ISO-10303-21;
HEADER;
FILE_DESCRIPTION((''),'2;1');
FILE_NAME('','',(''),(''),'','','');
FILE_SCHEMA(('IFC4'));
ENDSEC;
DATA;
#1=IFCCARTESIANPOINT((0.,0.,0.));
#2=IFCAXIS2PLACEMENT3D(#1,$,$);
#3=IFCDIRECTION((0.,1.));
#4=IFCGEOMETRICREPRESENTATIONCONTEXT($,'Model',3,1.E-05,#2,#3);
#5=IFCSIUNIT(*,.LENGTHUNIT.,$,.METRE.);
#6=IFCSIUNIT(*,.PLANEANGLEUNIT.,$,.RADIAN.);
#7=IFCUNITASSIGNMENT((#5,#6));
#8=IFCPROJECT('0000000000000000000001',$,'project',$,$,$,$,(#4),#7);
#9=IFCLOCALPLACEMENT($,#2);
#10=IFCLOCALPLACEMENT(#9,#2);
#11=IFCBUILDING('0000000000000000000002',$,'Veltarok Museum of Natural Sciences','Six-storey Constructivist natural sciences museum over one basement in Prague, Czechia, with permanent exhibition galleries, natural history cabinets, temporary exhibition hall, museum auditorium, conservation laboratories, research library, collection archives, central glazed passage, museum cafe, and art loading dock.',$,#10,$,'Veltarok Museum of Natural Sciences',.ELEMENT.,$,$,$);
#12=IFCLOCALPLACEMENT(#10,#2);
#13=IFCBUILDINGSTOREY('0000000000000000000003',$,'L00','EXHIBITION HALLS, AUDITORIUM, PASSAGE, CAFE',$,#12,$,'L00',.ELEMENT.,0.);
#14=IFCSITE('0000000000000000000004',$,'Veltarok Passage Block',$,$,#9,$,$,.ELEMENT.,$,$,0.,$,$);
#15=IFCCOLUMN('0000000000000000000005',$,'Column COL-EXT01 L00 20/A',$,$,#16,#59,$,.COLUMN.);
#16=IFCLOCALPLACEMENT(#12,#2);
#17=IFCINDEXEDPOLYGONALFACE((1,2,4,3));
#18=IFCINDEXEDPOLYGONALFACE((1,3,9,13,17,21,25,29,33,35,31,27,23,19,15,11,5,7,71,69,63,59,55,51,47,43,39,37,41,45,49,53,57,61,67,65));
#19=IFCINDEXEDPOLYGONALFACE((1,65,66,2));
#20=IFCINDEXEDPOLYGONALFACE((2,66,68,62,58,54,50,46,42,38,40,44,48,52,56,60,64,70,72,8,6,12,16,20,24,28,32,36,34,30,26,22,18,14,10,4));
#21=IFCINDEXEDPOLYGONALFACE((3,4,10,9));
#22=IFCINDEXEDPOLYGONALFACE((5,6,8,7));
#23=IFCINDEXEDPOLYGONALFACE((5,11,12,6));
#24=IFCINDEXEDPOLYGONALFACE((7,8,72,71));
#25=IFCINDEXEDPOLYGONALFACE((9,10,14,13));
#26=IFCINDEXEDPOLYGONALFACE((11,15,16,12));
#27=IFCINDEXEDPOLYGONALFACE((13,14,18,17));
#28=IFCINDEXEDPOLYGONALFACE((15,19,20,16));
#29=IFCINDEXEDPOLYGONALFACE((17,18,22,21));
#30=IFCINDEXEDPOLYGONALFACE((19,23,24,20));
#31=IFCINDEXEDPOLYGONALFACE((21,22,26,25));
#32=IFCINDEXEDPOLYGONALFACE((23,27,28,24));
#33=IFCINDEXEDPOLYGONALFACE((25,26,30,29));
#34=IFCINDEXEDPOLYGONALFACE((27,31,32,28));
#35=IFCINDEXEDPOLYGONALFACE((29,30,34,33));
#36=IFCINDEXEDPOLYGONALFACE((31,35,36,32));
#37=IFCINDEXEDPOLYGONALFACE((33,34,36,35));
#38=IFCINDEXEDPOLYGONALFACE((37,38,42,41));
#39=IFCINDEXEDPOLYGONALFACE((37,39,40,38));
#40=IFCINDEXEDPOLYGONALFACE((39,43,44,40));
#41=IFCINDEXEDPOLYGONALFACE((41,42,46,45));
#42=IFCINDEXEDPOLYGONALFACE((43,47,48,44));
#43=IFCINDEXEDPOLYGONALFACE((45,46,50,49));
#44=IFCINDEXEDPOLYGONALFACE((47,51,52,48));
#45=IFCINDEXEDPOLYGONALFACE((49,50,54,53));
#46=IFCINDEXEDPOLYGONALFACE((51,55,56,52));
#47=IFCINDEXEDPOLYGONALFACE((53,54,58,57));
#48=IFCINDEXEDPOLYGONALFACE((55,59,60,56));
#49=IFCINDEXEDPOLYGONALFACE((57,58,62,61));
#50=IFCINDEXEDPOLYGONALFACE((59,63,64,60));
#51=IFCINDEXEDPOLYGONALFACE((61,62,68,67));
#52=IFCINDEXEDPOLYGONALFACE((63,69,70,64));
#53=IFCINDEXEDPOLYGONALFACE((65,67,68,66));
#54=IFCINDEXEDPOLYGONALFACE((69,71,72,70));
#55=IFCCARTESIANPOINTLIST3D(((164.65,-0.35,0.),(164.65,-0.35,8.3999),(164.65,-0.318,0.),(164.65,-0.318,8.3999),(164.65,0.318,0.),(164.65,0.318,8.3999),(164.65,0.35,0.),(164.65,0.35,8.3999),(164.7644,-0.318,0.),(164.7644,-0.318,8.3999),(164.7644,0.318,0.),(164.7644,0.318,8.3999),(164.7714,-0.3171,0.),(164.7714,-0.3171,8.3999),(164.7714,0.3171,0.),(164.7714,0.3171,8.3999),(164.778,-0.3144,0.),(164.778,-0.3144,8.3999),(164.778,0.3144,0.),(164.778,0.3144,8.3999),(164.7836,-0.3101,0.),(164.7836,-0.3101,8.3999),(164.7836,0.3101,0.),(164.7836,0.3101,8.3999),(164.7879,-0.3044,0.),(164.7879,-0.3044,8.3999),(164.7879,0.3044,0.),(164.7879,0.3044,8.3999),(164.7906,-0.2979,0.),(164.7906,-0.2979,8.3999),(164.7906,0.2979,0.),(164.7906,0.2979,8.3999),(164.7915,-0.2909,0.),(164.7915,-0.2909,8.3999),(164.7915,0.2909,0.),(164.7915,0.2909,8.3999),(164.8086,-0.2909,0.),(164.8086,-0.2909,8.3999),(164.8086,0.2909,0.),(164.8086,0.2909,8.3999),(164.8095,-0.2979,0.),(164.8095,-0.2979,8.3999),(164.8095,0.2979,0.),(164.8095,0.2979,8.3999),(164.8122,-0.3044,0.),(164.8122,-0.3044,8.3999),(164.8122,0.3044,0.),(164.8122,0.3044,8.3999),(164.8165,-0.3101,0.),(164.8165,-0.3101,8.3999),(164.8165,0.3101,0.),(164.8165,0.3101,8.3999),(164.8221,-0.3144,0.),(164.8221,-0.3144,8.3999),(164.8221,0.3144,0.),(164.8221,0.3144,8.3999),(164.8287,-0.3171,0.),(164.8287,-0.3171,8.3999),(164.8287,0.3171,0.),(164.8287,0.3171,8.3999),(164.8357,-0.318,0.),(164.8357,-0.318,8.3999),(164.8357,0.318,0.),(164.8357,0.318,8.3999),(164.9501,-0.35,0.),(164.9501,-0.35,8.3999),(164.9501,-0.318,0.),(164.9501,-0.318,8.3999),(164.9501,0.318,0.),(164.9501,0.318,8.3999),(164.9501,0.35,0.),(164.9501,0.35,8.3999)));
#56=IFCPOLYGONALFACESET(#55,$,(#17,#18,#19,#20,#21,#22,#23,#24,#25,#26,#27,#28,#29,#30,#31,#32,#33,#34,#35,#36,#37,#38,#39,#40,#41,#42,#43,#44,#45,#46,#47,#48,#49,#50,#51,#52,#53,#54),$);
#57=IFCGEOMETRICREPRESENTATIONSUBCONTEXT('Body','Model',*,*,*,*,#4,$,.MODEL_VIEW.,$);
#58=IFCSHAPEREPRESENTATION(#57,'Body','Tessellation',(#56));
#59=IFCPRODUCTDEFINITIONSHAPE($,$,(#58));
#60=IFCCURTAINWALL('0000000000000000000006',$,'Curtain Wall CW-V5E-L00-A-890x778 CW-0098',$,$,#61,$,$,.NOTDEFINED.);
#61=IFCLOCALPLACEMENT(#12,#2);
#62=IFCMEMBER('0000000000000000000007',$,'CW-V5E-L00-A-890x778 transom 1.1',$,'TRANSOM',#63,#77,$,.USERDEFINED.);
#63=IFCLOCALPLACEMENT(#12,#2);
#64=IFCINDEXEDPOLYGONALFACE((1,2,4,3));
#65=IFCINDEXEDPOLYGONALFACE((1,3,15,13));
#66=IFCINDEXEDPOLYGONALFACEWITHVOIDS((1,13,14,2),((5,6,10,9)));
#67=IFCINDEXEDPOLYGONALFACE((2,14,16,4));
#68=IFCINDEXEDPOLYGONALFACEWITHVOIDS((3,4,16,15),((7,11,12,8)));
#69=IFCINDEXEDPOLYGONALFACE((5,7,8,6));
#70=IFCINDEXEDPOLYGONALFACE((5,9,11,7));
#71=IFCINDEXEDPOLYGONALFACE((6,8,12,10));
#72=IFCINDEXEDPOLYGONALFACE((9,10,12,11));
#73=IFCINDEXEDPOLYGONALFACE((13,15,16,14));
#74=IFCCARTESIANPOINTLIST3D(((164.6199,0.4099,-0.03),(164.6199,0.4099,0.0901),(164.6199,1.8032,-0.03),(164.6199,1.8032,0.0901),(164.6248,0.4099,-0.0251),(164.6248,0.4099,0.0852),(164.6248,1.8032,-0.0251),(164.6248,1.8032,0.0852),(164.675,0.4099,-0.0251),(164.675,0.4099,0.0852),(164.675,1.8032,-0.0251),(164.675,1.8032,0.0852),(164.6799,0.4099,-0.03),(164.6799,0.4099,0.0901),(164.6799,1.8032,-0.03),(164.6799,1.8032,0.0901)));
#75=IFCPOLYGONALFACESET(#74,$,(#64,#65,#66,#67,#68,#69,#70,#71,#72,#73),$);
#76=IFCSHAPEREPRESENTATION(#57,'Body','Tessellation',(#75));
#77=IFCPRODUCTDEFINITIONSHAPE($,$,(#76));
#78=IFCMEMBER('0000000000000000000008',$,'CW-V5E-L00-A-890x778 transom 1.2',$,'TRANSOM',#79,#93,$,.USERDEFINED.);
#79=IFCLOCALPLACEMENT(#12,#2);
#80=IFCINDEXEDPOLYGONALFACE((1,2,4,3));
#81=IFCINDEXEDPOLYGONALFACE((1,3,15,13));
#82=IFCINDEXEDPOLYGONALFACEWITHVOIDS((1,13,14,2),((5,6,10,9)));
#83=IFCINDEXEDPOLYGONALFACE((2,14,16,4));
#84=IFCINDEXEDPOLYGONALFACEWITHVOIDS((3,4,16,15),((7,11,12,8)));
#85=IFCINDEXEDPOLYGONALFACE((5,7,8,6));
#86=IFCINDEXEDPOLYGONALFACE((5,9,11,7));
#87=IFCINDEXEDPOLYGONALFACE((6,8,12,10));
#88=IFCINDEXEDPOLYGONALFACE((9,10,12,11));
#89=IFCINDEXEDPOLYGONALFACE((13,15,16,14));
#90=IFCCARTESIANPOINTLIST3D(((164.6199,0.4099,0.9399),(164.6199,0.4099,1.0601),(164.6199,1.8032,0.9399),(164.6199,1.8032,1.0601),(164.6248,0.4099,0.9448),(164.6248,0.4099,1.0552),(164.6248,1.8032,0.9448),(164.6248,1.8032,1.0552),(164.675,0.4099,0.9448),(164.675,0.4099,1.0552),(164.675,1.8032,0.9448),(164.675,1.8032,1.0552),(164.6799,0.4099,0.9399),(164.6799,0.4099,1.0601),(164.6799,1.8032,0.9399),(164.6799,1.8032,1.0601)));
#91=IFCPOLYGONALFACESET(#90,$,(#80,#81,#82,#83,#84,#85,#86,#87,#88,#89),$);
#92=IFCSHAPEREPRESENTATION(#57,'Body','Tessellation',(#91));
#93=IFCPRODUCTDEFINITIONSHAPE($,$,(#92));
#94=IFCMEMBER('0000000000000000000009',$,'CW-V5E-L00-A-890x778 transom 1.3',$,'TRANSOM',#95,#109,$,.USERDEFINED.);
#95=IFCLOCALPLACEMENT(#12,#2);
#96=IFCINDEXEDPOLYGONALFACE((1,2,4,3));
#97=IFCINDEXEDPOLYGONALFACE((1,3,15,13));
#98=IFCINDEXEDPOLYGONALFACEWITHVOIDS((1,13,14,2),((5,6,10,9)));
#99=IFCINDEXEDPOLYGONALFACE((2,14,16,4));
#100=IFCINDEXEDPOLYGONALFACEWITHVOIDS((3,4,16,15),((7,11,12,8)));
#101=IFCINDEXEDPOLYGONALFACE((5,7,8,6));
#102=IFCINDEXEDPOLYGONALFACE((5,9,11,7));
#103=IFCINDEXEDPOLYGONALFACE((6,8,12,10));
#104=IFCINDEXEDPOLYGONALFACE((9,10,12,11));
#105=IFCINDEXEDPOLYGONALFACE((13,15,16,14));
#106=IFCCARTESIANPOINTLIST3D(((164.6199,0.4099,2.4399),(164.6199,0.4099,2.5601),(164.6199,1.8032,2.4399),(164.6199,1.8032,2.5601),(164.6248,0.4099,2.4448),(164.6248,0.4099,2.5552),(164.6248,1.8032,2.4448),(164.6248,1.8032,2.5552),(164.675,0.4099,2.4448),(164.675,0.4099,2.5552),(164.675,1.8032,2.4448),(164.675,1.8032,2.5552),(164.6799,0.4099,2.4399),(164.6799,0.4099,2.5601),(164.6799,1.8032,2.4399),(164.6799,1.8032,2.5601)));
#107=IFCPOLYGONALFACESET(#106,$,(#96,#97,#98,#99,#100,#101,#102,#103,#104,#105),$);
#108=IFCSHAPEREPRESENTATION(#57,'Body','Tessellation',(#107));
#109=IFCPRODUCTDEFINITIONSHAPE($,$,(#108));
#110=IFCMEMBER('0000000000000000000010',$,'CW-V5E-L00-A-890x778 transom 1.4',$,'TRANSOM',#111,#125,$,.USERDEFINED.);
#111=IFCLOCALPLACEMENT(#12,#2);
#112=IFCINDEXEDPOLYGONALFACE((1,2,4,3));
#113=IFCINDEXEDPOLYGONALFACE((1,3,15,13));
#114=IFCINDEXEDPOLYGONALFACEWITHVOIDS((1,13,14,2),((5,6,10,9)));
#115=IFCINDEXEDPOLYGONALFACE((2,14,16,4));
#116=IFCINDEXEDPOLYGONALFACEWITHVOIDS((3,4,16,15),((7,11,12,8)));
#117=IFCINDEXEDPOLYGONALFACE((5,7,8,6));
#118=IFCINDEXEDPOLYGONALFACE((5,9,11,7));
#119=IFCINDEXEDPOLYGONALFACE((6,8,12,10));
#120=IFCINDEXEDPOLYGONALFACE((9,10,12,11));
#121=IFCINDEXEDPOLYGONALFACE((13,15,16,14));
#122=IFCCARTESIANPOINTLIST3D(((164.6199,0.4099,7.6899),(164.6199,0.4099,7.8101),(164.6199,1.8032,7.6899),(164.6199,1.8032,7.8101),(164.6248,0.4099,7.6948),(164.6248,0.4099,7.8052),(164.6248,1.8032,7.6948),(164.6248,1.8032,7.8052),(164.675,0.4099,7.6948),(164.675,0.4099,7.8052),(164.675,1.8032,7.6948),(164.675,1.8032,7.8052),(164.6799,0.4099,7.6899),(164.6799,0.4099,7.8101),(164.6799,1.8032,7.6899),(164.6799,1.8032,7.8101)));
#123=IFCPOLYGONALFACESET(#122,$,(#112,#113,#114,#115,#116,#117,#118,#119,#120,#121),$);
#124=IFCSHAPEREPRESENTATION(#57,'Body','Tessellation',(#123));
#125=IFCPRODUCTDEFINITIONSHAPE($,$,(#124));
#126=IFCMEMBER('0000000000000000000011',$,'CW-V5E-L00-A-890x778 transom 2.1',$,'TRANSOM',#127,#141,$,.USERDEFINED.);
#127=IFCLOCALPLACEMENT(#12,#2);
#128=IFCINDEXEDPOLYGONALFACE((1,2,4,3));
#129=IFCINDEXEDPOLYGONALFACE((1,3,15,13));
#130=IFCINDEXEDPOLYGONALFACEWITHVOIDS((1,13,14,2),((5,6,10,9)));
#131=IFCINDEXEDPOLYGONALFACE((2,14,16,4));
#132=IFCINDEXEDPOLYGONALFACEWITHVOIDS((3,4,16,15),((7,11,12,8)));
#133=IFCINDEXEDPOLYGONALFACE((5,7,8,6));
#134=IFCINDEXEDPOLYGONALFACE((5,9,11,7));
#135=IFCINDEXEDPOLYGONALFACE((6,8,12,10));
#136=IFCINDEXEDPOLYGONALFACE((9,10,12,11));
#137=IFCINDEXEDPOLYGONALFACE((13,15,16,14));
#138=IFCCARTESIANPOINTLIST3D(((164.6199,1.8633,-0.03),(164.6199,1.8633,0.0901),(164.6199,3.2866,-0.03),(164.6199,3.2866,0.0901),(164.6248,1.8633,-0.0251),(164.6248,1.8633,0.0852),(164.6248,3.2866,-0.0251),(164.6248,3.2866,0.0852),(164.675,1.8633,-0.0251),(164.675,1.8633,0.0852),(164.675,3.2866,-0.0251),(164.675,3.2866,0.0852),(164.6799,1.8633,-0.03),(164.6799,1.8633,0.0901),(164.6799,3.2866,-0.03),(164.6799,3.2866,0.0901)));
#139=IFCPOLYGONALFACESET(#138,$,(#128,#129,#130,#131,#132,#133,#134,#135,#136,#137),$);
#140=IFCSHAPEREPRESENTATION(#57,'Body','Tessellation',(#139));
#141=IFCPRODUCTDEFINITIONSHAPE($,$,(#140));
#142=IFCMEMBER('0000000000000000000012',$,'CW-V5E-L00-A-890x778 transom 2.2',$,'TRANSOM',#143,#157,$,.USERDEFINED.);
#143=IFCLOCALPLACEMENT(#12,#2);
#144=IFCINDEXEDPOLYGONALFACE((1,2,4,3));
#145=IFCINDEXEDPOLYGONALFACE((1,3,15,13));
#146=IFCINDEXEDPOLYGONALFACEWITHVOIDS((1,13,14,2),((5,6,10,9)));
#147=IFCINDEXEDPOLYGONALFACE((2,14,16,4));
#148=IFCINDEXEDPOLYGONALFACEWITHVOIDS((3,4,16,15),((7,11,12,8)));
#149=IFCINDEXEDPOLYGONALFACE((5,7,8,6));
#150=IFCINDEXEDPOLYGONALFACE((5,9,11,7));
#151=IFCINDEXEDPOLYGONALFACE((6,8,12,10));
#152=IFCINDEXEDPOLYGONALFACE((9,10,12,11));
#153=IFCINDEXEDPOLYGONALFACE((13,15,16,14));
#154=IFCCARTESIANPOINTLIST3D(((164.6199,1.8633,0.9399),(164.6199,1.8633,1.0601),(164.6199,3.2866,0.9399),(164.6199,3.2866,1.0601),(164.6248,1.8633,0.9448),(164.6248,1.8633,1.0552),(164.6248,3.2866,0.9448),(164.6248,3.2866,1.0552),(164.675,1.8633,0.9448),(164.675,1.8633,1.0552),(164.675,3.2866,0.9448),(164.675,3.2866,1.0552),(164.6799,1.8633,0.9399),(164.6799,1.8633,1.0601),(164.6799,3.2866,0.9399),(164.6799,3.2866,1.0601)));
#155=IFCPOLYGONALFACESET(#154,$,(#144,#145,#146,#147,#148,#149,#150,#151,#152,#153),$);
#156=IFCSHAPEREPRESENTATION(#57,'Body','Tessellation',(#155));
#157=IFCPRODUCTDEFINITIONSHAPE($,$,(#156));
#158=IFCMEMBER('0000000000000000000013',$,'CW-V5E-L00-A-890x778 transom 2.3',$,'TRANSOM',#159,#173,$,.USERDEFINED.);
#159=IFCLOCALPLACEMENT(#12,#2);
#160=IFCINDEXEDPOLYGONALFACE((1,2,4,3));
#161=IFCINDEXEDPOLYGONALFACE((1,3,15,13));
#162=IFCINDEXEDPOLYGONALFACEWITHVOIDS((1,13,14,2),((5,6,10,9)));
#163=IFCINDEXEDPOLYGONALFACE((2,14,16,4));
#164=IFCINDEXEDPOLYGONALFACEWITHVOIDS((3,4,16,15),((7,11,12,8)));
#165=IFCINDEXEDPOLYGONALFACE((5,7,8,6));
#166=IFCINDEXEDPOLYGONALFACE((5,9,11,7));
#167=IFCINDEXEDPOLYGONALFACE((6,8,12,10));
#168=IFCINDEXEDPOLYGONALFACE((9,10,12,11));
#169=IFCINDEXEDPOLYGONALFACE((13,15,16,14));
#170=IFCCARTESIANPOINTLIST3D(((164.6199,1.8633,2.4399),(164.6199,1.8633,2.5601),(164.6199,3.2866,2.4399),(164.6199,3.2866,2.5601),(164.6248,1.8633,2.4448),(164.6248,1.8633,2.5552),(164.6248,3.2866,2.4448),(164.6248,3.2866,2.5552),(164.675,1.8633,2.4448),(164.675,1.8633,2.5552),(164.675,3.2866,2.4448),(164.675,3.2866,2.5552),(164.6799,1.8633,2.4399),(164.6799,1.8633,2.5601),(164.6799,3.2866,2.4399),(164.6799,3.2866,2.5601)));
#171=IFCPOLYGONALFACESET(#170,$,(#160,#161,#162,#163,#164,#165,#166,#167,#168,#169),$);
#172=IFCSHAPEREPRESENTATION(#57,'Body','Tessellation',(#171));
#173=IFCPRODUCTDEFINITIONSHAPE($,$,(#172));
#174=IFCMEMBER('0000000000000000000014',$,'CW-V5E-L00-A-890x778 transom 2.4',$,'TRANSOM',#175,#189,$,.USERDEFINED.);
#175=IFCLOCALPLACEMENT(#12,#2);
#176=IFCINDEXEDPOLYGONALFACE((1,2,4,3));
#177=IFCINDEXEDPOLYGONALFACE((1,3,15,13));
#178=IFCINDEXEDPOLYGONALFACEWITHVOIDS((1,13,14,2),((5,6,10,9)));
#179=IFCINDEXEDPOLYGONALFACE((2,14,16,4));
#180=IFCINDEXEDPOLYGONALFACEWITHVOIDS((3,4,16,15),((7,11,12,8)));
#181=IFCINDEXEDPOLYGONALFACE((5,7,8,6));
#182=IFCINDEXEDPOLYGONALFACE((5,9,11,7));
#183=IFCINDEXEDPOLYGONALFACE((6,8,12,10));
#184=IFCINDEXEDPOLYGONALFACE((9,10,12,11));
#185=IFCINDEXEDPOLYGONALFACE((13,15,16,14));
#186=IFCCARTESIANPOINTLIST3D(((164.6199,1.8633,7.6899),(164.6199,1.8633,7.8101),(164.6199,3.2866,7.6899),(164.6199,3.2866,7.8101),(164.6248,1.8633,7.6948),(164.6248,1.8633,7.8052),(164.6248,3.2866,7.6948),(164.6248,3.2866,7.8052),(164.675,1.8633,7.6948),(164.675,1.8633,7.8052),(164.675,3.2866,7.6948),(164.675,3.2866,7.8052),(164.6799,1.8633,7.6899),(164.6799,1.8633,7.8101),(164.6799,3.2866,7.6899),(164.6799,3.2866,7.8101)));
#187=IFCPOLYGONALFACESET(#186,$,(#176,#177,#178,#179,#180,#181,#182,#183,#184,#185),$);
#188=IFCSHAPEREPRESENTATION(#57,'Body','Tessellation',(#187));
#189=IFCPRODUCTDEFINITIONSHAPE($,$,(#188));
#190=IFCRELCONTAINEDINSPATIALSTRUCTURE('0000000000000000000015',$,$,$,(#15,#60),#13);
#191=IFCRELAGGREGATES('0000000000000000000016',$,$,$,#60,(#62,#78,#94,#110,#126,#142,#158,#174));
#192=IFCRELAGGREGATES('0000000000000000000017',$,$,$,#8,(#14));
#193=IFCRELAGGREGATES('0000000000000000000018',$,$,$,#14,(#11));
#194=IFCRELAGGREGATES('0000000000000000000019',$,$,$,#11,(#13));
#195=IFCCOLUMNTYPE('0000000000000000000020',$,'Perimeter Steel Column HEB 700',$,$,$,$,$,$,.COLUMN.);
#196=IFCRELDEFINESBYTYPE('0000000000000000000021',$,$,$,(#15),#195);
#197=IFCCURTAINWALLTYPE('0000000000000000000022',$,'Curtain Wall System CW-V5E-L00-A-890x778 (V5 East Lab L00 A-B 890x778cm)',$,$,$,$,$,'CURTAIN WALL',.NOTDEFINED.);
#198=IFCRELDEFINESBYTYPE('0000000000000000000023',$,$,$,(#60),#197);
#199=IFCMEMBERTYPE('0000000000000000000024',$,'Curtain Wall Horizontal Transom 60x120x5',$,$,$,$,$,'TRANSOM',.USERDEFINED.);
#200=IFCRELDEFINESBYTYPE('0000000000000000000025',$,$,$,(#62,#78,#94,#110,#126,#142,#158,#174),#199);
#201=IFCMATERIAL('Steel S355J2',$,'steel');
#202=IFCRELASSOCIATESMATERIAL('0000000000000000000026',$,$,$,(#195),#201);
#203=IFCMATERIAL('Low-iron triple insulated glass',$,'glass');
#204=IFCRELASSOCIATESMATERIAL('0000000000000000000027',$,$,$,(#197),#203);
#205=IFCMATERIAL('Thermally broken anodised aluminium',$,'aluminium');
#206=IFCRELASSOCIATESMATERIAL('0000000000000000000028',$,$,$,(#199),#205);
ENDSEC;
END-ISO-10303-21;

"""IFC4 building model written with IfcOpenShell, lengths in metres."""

from ifc_helpers import new_model, si_unit, direction, frame, origin, origin_2d, place, context, subcontext, project, spatial, hollow_rectangle, i_section, extrude, material, material_profile, profile_set, type_object, element, aggregate, save


model = new_model("IFC4")

# Units and contexts
model_context = context("Model", 3, precision=1e-05, world=origin(), true_north=direction((0.0, 1.0)))
body_context = subcontext(model_context, "Body", "Model", "MODEL_VIEW")
ifc_project = project(units=[si_unit("LENGTHUNIT", "METRE"), si_unit("PLANEANGLEUNIT", "RADIAN")], contexts=[model_context])

# Site, building, storey
site_placement = place(None, origin())
site = spatial("IfcSite", under=ifc_project, at=site_placement, Name="Veltarok Passage Block", CompositionType="ELEMENT", RefElevation=0.0)
building_placement = place(site_placement, origin())
building = spatial("IfcBuilding", under=site, at=building_placement, Name="Veltarok Museum of Natural Sciences", Description="Six-storey Constructivist natural sciences museum over one basement in Prague, Czechia, with permanent exhibition galleries, natural history cabinets, temporary exhibition hall, museum auditorium, conservation laboratories, research library, collection archives, central glazed passage, museum cafe, and art loading dock.", LongName="Veltarok Museum of Natural Sciences", CompositionType="ELEMENT")
storey_placement = place(building_placement, origin())
storey = spatial("IfcBuildingStorey", under=building, at=storey_placement, Name="L00", Description="EXHIBITION HALLS, AUDITORIUM, PASSAGE, CAFE", LongName="L00", CompositionType="ELEMENT", Elevation=0.0)

# Column
ifc_material_1 = material(Name="Steel S355J2", Category="steel")
ifc_material_profile_1 = material_profile(ifc_material_1, i_section(OverallWidth=0.3, OverallDepth=0.7, WebThickness=0.0171, FlangeThickness=0.032, FilletRadius=0.0271, at=origin_2d()), Name="HEB 700")
ifc_profile_set_1 = profile_set([ifc_material_profile_1], Name="Steel S355J2")
column_type = type_object("IfcColumnType", Name="Perimeter Steel Column HEB 700", PredefinedType="COLUMN", material=ifc_profile_set_1)
column_placement = place(storey_placement, frame((164.8, 0.0, 0.0), z_axis=(0.0, 0.0, 1.0), x_axis=(1.0, 0.0, 0.0)))
element("IfcColumn", 1, at=column_placement, inside=storey, type_object=column_type, Name="Column COL-EXT01 L00 20/A", PredefinedType="COLUMN", context=body_context, shape_type="SweptSolid", body=[
    extrude(i_section(OverallWidth=0.3, OverallDepth=0.7, WebThickness=0.0171, FlangeThickness=0.032, FilletRadius=0.0271, at=origin_2d()), origin(), (0.0, 0.0, 1.0), 8.3999),
])

# Curtain wall, members
ifc_material_2 = material(Name="Low-iron triple insulated glass", Category="glass")
curtain_wall_type = type_object("IfcCurtainWallType", Name="Curtain Wall System CW-V5E-L00-A-890x778 (V5 East Lab L00 A-B 890x778cm)", ElementType="CURTAIN WALL", PredefinedType="NOTDEFINED", material=ifc_material_2)
curtain_wall_placement = place(storey_placement, origin())
curtain_wall = element("IfcCurtainWall", 2, at=curtain_wall_placement, inside=storey, type_object=curtain_wall_type, Name="Curtain Wall CW-V5E-L00-A-890x778 CW-0098", PredefinedType="NOTDEFINED")
ifc_material_3 = material(Name="Thermally broken anodised aluminium", Category="aluminium")
ifc_material_profile_2 = material_profile(ifc_material_3, hollow_rectangle(XDim=0.0601, YDim=0.1201, WallThickness=0.0049, at=origin_2d()), Name="CW TRANSOM 60x120x5")
ifc_profile_set_2 = profile_set([ifc_material_profile_2], Name="Thermally broken anodised aluminium")
member_type_1 = type_object("IfcMemberType", Name="Curtain Wall Horizontal Transom 60x120x5", ElementType="TRANSOM", PredefinedType="USERDEFINED", material=ifc_profile_set_2)
member_1_placement = place(storey_placement, frame((164.6499, 0.4099, 0.03), z_axis=(0.0, 1.0, 0.0), x_axis=(-1.0, 0.0, 0.0)))
member_1 = element("IfcMember", 3, at=member_1_placement, type_object=member_type_1, Name="CW-V5E-L00-A-890x778 transom 1.1", ObjectType="TRANSOM", PredefinedType="USERDEFINED", context=body_context, shape_type="SweptSolid", body=[
    extrude(hollow_rectangle(XDim=0.0601, YDim=0.1201, WallThickness=0.0049, at=origin_2d()), origin(), (0.0, 0.0, 1.0), 1.3933),
])
member_2_placement = place(storey_placement, frame((164.6499, 0.4099, 1.0), z_axis=(0.0, 1.0, 0.0), x_axis=(-1.0, 0.0, 0.0)))
member_2 = element("IfcMember", 4, at=member_2_placement, type_object=member_type_1, Name="CW-V5E-L00-A-890x778 transom 1.2", ObjectType="TRANSOM", PredefinedType="USERDEFINED", context=body_context, shape_type="SweptSolid", body=[
    extrude(hollow_rectangle(XDim=0.0601, YDim=0.1201, WallThickness=0.0049, at=origin_2d()), origin(), (0.0, 0.0, 1.0), 1.3933),
])
member_3_placement = place(storey_placement, frame((164.6499, 0.4099, 2.5), z_axis=(0.0, 1.0, 0.0), x_axis=(-1.0, 0.0, 0.0)))
member_3 = element("IfcMember", 5, at=member_3_placement, type_object=member_type_1, Name="CW-V5E-L00-A-890x778 transom 1.3", ObjectType="TRANSOM", PredefinedType="USERDEFINED", context=body_context, shape_type="SweptSolid", body=[
    extrude(hollow_rectangle(XDim=0.0601, YDim=0.1201, WallThickness=0.0049, at=origin_2d()), origin(), (0.0, 0.0, 1.0), 1.3933),
])
member_4_placement = place(storey_placement, frame((164.6499, 0.4099, 7.75), z_axis=(0.0, 1.0, 0.0), x_axis=(-1.0, 0.0, 0.0)))
member_4 = element("IfcMember", 6, at=member_4_placement, type_object=member_type_1, Name="CW-V5E-L00-A-890x778 transom 1.4", ObjectType="TRANSOM", PredefinedType="USERDEFINED", context=body_context, shape_type="SweptSolid", body=[
    extrude(hollow_rectangle(XDim=0.0601, YDim=0.1201, WallThickness=0.0049, at=origin_2d()), origin(), (0.0, 0.0, 1.0), 1.3933),
])
member_5_placement = place(storey_placement, frame((164.6499, 1.8633, 0.03), z_axis=(0.0, 1.0, 0.0), x_axis=(-1.0, 0.0, 0.0)))
member_5 = element("IfcMember", 7, at=member_5_placement, type_object=member_type_1, Name="CW-V5E-L00-A-890x778 transom 2.1", ObjectType="TRANSOM", PredefinedType="USERDEFINED", context=body_context, shape_type="SweptSolid", body=[
    extrude(hollow_rectangle(XDim=0.0601, YDim=0.1201, WallThickness=0.0049, at=origin_2d()), origin(), (0.0, 0.0, 1.0), 1.4233),
])
member_6_placement = place(storey_placement, frame((164.6499, 1.8633, 1.0), z_axis=(0.0, 1.0, 0.0), x_axis=(-1.0, 0.0, 0.0)))
member_6 = element("IfcMember", 8, at=member_6_placement, type_object=member_type_1, Name="CW-V5E-L00-A-890x778 transom 2.2", ObjectType="TRANSOM", PredefinedType="USERDEFINED", context=body_context, shape_type="SweptSolid", body=[
    extrude(hollow_rectangle(XDim=0.0601, YDim=0.1201, WallThickness=0.0049, at=origin_2d()), origin(), (0.0, 0.0, 1.0), 1.4233),
])
member_7_placement = place(storey_placement, frame((164.6499, 1.8633, 2.5), z_axis=(0.0, 1.0, 0.0), x_axis=(-1.0, 0.0, 0.0)))
member_7 = element("IfcMember", 9, at=member_7_placement, type_object=member_type_1, Name="CW-V5E-L00-A-890x778 transom 2.3", ObjectType="TRANSOM", PredefinedType="USERDEFINED", context=body_context, shape_type="SweptSolid", body=[
    extrude(hollow_rectangle(XDim=0.0601, YDim=0.1201, WallThickness=0.0049, at=origin_2d()), origin(), (0.0, 0.0, 1.0), 1.4233),
])
member_8_placement = place(storey_placement, frame((164.6499, 1.8633, 7.75), z_axis=(0.0, 1.0, 0.0), x_axis=(-1.0, 0.0, 0.0)))
member_8 = element("IfcMember", 10, at=member_8_placement, type_object=member_type_1, Name="CW-V5E-L00-A-890x778 transom 2.4", ObjectType="TRANSOM", PredefinedType="USERDEFINED", context=body_context, shape_type="SweptSolid", body=[
    extrude(hollow_rectangle(XDim=0.0601, YDim=0.1201, WallThickness=0.0049, at=origin_2d()), origin(), (0.0, 0.0, 1.0), 1.4233),
])

aggregate(curtain_wall, [member_1, member_2, member_3, member_4, member_5, member_6, member_7, member_8])

save(model, "model.ifc")
